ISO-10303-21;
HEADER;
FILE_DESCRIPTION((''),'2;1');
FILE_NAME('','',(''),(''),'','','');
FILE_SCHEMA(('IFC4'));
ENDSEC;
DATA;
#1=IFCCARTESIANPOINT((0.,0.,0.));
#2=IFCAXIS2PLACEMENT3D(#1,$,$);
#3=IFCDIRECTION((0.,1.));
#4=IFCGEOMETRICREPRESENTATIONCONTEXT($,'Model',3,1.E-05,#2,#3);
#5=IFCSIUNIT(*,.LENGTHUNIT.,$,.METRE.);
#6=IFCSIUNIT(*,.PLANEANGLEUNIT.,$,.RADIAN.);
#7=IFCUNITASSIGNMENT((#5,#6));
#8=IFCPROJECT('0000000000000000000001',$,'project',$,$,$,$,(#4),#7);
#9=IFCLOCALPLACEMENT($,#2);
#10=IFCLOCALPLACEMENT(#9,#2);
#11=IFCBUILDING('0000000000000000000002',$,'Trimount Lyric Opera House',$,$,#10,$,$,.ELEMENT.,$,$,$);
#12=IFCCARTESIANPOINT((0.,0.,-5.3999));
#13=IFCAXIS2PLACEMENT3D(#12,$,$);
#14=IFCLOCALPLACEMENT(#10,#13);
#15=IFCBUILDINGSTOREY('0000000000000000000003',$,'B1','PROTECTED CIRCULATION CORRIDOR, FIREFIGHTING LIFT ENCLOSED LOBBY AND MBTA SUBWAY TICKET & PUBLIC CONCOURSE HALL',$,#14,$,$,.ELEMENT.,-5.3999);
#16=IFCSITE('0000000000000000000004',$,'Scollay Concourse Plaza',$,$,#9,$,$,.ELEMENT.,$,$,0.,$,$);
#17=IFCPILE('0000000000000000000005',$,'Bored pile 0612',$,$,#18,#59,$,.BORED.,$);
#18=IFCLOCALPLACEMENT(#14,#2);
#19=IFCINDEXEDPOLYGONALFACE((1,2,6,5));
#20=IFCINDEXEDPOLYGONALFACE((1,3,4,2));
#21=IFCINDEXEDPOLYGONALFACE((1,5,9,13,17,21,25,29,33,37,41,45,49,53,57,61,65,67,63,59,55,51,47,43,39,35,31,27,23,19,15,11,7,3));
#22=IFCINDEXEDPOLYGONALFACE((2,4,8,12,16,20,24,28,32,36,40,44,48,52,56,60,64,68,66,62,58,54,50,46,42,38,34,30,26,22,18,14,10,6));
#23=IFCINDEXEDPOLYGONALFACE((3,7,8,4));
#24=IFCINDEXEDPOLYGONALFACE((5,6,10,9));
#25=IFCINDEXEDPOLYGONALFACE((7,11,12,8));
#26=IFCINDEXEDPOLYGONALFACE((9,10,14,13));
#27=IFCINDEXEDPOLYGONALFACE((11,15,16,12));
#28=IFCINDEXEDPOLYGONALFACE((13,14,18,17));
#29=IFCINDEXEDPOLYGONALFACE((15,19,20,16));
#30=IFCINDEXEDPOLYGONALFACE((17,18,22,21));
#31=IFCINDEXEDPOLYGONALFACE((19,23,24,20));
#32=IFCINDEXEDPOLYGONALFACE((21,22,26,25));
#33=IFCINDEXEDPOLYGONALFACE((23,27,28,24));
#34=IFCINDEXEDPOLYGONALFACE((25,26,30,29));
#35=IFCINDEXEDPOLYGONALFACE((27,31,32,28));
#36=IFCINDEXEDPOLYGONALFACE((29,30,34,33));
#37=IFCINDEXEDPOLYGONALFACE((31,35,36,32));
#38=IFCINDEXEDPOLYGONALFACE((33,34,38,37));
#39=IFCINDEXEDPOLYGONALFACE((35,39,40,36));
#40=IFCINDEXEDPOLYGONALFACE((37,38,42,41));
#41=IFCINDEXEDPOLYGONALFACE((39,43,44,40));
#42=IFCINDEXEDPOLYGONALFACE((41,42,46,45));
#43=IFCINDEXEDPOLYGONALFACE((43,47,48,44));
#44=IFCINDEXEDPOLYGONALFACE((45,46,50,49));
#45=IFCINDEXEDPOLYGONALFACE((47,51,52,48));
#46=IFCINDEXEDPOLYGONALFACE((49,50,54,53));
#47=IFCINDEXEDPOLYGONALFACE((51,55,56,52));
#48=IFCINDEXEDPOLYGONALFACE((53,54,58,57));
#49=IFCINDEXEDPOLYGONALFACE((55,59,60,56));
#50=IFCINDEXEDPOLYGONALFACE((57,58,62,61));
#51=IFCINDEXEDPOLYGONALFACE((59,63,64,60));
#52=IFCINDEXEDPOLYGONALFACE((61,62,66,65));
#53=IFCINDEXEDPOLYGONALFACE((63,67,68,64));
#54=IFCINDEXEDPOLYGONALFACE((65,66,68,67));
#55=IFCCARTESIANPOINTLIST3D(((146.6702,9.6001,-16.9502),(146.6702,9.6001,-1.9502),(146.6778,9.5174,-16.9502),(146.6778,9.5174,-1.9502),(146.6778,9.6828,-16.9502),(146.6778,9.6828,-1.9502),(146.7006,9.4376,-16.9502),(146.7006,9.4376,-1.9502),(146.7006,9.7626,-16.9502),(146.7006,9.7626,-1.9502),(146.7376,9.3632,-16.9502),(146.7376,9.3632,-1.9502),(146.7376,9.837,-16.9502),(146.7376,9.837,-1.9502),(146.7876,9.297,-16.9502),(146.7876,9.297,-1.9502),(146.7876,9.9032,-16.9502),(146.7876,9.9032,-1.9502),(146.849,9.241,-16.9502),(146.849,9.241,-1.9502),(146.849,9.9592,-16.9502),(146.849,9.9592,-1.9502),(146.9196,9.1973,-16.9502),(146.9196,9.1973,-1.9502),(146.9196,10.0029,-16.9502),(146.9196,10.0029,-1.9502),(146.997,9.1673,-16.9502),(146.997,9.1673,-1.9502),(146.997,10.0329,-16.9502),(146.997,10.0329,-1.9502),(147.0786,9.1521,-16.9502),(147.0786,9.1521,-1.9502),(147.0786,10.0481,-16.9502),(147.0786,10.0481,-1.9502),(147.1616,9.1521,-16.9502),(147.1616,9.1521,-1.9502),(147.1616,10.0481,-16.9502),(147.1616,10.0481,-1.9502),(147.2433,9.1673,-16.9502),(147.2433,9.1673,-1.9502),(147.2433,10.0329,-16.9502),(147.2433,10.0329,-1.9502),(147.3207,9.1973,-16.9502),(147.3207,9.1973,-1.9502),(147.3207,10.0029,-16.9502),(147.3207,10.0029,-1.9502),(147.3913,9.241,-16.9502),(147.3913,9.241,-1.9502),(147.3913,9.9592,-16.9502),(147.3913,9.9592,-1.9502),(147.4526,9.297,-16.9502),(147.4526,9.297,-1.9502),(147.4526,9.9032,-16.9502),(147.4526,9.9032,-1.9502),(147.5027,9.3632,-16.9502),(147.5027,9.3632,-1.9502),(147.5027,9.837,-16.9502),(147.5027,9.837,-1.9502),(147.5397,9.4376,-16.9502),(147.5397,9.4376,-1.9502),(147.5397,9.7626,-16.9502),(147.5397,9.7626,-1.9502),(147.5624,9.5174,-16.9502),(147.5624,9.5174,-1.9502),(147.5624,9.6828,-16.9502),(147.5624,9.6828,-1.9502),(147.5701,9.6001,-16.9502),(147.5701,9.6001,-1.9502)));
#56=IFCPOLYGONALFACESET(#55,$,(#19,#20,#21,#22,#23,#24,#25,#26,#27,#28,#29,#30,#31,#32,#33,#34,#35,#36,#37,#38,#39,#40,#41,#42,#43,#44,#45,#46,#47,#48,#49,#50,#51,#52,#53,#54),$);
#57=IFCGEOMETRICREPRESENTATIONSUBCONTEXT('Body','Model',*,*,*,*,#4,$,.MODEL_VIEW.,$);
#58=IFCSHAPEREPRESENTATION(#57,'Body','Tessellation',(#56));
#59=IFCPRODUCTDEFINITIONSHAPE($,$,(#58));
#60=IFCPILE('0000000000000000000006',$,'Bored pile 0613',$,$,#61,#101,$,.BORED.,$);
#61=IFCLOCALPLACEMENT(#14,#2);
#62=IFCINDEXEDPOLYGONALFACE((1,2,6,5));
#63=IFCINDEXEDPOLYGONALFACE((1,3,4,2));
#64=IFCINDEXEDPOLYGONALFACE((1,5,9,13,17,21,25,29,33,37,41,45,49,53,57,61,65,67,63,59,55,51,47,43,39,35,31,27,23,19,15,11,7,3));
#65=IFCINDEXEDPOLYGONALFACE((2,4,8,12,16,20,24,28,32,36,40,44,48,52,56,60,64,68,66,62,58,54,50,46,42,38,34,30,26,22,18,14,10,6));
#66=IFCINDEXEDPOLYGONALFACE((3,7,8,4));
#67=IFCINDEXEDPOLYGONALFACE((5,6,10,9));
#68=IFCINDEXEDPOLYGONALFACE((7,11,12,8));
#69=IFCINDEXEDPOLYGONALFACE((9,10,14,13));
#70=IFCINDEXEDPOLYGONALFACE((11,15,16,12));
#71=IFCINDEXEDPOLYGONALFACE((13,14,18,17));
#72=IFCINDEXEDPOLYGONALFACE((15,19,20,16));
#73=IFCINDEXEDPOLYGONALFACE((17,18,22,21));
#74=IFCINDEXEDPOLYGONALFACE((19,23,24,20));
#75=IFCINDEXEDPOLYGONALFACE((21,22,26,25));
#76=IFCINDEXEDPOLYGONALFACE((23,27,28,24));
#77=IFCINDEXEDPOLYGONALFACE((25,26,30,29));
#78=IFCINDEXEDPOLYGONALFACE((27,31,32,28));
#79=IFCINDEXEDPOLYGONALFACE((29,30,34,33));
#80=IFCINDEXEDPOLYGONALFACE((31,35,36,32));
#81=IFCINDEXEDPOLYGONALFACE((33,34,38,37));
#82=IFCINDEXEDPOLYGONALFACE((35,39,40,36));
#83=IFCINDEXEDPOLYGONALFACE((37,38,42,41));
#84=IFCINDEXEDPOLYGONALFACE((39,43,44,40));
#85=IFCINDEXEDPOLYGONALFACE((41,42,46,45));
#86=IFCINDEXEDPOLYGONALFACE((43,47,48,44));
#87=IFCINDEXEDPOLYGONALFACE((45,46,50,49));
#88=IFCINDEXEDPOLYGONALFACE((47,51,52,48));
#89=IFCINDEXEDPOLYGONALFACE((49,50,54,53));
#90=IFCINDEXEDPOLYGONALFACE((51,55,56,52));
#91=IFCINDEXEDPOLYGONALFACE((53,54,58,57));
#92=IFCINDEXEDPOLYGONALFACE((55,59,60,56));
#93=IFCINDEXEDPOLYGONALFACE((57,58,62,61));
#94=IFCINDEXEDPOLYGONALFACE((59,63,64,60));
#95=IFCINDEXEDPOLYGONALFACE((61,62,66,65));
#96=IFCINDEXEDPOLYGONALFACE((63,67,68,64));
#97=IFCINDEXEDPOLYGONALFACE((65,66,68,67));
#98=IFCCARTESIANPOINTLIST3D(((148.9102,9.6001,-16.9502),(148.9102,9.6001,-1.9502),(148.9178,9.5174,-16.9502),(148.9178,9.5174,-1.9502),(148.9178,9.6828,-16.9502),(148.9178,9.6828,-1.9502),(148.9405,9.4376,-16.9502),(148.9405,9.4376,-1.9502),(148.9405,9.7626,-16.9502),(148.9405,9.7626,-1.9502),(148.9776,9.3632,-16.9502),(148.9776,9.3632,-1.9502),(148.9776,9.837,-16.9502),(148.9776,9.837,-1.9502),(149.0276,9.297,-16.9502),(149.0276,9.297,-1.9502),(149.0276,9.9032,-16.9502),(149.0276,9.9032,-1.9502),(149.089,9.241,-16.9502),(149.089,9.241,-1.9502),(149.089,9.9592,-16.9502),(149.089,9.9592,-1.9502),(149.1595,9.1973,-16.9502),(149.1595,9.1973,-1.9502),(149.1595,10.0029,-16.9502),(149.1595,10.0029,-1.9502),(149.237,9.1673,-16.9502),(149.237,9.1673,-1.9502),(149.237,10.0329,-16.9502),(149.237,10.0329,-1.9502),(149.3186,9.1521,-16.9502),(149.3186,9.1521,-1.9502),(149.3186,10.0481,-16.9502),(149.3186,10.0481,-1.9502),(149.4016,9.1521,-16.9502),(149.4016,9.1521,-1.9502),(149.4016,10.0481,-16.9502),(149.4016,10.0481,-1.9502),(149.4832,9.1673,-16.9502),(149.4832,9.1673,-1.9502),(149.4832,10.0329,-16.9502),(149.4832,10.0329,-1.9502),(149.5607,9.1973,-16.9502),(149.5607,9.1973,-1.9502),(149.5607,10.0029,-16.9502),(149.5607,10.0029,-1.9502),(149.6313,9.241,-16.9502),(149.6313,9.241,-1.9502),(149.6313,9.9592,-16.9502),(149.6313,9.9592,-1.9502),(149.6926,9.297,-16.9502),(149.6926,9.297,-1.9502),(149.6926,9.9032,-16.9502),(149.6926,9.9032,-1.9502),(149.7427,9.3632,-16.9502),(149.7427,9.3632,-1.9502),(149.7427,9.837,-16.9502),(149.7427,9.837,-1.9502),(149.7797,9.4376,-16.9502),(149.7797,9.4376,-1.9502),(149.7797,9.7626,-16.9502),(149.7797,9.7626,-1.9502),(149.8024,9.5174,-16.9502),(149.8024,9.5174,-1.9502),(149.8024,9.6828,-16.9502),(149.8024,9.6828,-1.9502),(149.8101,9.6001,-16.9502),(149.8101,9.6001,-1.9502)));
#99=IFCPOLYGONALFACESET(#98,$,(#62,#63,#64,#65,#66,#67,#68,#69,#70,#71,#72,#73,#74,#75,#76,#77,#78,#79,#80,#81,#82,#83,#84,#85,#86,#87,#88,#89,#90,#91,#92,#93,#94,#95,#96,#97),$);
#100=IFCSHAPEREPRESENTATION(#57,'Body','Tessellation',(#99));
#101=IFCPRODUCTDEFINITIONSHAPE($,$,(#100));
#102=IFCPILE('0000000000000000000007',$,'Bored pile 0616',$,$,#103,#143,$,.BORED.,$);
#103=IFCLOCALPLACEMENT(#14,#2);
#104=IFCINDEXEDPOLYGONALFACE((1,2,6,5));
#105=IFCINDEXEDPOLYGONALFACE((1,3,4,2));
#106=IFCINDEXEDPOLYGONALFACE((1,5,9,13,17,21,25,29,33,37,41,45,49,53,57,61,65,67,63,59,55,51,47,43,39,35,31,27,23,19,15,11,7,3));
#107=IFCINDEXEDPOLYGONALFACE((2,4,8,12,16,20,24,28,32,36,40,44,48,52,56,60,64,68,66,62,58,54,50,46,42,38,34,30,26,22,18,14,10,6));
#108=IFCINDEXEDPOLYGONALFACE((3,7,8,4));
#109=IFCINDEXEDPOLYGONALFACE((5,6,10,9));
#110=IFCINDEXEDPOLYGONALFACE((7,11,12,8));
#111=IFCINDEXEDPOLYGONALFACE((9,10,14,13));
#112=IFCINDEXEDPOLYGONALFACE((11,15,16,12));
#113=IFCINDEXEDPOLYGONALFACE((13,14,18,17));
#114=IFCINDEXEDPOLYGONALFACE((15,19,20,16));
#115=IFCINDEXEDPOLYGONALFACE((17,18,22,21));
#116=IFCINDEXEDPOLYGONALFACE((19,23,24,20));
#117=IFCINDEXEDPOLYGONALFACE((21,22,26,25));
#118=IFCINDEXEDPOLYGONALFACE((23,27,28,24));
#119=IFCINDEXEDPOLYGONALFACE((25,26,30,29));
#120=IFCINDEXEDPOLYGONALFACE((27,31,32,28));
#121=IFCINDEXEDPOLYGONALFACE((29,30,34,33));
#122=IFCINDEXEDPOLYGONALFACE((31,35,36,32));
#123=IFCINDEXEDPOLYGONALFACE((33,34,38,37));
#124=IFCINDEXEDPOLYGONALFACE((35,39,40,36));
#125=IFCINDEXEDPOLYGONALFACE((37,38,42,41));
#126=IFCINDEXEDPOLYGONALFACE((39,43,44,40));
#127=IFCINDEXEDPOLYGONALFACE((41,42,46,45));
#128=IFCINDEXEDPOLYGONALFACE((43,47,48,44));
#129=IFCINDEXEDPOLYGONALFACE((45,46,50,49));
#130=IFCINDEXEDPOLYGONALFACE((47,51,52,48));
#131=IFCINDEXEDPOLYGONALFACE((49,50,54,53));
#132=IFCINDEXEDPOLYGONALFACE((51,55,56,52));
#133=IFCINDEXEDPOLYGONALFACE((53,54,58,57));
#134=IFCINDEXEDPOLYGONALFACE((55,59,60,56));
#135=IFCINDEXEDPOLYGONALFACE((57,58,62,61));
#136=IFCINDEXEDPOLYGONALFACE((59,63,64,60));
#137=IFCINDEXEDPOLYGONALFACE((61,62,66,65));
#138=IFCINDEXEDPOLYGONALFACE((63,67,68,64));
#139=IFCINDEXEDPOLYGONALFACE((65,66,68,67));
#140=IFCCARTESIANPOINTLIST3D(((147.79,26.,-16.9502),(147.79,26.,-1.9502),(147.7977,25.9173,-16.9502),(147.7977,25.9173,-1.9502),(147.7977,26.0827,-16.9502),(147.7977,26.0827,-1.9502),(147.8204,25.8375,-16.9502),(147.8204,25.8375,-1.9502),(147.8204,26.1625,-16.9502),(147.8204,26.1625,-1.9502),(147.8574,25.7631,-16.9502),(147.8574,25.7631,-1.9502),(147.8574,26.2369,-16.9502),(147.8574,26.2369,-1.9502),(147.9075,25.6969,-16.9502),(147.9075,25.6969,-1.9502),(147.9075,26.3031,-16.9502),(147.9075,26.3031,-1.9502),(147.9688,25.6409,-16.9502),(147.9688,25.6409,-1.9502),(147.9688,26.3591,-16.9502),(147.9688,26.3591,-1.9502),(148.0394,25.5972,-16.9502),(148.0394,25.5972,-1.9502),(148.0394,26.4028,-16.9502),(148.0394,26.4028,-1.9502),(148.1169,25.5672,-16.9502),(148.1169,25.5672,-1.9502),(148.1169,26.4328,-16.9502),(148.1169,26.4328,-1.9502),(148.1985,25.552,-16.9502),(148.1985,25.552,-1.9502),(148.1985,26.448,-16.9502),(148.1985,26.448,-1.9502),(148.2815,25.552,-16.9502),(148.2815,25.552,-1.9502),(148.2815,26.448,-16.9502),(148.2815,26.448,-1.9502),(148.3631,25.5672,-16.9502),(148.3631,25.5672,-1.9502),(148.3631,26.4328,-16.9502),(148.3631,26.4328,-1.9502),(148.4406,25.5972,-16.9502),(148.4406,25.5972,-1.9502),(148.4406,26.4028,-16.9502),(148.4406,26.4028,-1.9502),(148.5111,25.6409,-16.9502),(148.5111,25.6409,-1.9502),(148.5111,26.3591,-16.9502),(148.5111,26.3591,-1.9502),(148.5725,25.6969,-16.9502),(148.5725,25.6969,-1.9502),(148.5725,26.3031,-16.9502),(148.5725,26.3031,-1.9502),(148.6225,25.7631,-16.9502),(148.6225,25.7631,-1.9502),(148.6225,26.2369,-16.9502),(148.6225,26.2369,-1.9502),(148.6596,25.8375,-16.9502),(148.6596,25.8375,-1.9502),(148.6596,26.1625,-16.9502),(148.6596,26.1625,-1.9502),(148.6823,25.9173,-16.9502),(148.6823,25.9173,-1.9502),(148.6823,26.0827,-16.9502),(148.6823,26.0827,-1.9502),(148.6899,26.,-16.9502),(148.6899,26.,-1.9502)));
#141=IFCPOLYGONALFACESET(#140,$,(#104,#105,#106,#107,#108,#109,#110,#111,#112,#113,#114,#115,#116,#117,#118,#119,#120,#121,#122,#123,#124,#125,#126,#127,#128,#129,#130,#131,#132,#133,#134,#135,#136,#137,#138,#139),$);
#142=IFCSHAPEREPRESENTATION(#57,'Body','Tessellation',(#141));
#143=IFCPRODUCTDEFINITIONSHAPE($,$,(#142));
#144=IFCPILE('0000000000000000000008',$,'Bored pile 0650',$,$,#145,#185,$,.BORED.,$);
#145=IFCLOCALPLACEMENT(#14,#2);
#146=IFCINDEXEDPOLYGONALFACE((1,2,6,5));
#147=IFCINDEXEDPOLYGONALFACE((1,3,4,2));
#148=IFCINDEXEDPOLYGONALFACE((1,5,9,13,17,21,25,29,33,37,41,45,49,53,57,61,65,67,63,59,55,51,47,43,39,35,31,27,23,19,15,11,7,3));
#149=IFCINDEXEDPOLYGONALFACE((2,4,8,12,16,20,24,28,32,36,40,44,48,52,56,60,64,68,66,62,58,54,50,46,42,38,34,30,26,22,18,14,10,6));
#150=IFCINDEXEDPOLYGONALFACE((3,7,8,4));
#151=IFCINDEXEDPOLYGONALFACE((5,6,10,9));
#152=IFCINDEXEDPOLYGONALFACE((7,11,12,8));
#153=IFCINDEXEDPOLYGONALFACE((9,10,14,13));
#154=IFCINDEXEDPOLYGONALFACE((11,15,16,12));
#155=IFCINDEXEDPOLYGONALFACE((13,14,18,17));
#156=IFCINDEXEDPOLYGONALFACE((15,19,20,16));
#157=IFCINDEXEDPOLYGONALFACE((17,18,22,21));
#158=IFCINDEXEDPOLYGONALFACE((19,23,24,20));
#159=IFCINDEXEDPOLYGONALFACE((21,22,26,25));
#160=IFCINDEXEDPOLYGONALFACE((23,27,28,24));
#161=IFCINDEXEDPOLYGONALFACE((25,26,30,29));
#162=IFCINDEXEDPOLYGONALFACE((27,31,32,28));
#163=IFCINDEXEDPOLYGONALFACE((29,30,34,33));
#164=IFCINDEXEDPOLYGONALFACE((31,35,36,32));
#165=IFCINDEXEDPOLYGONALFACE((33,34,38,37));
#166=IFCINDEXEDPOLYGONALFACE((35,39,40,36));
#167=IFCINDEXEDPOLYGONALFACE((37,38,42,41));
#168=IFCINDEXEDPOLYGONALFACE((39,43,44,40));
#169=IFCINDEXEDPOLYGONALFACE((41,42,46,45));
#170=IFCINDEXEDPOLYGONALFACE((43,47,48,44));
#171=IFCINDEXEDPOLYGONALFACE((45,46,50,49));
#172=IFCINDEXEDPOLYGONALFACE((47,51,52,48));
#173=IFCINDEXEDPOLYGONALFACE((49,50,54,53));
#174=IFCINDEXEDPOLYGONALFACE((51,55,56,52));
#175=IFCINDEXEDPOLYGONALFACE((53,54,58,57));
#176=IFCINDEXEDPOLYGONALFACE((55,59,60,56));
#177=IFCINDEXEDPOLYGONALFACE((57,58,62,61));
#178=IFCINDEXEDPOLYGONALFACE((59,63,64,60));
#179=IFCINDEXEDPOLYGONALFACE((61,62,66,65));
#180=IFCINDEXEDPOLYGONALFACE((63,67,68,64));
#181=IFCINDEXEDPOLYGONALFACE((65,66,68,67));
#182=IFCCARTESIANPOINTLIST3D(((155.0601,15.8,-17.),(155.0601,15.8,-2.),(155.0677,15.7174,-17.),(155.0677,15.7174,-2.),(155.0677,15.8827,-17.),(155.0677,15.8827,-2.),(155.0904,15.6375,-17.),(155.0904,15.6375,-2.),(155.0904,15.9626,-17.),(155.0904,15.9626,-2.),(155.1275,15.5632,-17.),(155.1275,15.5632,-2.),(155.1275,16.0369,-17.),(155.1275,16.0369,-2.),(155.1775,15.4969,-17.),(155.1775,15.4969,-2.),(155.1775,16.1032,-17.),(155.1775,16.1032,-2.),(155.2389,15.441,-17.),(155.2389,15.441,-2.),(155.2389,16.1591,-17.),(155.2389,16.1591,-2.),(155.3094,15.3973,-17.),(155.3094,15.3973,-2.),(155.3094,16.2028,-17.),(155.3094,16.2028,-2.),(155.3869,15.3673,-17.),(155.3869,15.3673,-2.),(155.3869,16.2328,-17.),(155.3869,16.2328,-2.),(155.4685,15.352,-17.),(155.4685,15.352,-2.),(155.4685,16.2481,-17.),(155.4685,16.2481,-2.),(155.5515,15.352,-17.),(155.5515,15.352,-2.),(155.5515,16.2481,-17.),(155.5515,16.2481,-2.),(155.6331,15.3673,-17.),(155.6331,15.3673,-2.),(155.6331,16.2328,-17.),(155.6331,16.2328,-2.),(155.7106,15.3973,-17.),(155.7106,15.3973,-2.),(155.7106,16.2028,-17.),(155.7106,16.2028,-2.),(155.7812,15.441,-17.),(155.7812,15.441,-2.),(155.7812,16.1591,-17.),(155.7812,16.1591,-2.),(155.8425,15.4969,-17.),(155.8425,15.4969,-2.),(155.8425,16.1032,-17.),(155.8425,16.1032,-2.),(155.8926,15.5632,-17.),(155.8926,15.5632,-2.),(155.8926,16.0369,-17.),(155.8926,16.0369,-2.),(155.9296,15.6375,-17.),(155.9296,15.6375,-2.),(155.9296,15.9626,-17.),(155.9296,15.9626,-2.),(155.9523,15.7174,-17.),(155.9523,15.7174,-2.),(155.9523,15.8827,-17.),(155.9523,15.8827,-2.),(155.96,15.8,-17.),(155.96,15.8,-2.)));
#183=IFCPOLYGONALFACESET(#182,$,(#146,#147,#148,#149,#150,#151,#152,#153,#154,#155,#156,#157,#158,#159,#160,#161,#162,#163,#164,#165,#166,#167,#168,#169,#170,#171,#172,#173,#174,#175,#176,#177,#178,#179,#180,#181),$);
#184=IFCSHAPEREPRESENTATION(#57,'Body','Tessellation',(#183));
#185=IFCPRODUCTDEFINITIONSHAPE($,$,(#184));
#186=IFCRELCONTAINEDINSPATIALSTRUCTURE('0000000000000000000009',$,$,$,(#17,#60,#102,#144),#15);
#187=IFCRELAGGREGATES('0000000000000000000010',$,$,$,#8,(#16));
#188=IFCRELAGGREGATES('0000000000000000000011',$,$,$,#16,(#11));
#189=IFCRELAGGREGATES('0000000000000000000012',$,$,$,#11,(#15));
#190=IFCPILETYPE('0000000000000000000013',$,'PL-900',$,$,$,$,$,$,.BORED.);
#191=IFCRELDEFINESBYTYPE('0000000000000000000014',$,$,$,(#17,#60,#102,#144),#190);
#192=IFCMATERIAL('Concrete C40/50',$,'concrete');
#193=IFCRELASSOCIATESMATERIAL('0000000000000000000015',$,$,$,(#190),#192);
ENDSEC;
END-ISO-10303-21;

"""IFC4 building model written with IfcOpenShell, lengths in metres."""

from ifc_helpers import new_model, si_unit, direction, frame, origin, origin_2d, place, context, subcontext, project, spatial, circle, extrude, material, material_profile, profile_set, type_object, element, save


model = new_model("IFC4")

# Units and contexts
model_context = context("Model", 3, precision=1e-05, world=origin(), true_north=direction((0.0, 1.0)))
body_context = subcontext(model_context, "Body", "Model", "MODEL_VIEW")
ifc_project = project(units=[si_unit("LENGTHUNIT", "METRE"), si_unit("PLANEANGLEUNIT", "RADIAN")], contexts=[model_context])

# Site, building, storey
site_placement = place(None, origin())
site = spatial("IfcSite", under=ifc_project, at=site_placement, Name="Scollay Concourse Plaza", CompositionType="ELEMENT", RefElevation=0.0)
building_placement = place(site_placement, origin())
building = spatial("IfcBuilding", under=site, at=building_placement, Name="Trimount Lyric Opera House", CompositionType="ELEMENT")
storey_placement = place(building_placement, frame((0.0, 0.0, -5.3999)))
storey = spatial("IfcBuildingStorey", under=building, at=storey_placement, Name="B1", Description="PROTECTED CIRCULATION CORRIDOR, FIREFIGHTING LIFT ENCLOSED LOBBY AND MBTA SUBWAY TICKET & PUBLIC CONCOURSE HALL", CompositionType="ELEMENT", Elevation=-5.3999)

# Piles
ifc_material_1 = material(Name="Concrete C40/50", Category="concrete")
ifc_material_profile_1 = material_profile(ifc_material_1, circle(Radius=0.45, at=origin_2d()), Name="PILE-D900")
ifc_profile_set_1 = profile_set([ifc_material_profile_1], Name="Concrete C40/50")
pile_type_1 = type_object("IfcPileType", Name="PL-900", PredefinedType="BORED", material=ifc_profile_set_1)
for number, where, z_axis, x_axis, name in (
    (1, (147.1201, 9.6001, -1.9502), (0.0, 0.0, -1.0), (1.0, 0.0, 0.0), "Bored pile 0612"),
    (2, (149.3601, 9.6001, -1.9502), (0.0, 0.0, -1.0), (1.0, 0.0, 0.0), "Bored pile 0613"),
    (3, (148.24, 26.0, -1.9502), (0.0, 0.0, -1.0), (1.0, 0.0, 0.0), "Bored pile 0616"),
    (4, (155.51, 15.8, -2.0), (0.0, 0.0, -1.0), (1.0, 0.0, 0.0), "Bored pile 0650"),
):
    element("IfcPile", number, at=place(storey_placement, frame(where, z_axis=z_axis, x_axis=x_axis)), inside=storey, type_object=pile_type_1, Name=name, PredefinedType="BORED", context=body_context, shape_type="SweptSolid", body=[
        extrude(circle(Radius=0.45, at=origin_2d()), origin(), (0.0, 0.0, 1.0), 15.0),
    ])

save(model, "model.ifc")
